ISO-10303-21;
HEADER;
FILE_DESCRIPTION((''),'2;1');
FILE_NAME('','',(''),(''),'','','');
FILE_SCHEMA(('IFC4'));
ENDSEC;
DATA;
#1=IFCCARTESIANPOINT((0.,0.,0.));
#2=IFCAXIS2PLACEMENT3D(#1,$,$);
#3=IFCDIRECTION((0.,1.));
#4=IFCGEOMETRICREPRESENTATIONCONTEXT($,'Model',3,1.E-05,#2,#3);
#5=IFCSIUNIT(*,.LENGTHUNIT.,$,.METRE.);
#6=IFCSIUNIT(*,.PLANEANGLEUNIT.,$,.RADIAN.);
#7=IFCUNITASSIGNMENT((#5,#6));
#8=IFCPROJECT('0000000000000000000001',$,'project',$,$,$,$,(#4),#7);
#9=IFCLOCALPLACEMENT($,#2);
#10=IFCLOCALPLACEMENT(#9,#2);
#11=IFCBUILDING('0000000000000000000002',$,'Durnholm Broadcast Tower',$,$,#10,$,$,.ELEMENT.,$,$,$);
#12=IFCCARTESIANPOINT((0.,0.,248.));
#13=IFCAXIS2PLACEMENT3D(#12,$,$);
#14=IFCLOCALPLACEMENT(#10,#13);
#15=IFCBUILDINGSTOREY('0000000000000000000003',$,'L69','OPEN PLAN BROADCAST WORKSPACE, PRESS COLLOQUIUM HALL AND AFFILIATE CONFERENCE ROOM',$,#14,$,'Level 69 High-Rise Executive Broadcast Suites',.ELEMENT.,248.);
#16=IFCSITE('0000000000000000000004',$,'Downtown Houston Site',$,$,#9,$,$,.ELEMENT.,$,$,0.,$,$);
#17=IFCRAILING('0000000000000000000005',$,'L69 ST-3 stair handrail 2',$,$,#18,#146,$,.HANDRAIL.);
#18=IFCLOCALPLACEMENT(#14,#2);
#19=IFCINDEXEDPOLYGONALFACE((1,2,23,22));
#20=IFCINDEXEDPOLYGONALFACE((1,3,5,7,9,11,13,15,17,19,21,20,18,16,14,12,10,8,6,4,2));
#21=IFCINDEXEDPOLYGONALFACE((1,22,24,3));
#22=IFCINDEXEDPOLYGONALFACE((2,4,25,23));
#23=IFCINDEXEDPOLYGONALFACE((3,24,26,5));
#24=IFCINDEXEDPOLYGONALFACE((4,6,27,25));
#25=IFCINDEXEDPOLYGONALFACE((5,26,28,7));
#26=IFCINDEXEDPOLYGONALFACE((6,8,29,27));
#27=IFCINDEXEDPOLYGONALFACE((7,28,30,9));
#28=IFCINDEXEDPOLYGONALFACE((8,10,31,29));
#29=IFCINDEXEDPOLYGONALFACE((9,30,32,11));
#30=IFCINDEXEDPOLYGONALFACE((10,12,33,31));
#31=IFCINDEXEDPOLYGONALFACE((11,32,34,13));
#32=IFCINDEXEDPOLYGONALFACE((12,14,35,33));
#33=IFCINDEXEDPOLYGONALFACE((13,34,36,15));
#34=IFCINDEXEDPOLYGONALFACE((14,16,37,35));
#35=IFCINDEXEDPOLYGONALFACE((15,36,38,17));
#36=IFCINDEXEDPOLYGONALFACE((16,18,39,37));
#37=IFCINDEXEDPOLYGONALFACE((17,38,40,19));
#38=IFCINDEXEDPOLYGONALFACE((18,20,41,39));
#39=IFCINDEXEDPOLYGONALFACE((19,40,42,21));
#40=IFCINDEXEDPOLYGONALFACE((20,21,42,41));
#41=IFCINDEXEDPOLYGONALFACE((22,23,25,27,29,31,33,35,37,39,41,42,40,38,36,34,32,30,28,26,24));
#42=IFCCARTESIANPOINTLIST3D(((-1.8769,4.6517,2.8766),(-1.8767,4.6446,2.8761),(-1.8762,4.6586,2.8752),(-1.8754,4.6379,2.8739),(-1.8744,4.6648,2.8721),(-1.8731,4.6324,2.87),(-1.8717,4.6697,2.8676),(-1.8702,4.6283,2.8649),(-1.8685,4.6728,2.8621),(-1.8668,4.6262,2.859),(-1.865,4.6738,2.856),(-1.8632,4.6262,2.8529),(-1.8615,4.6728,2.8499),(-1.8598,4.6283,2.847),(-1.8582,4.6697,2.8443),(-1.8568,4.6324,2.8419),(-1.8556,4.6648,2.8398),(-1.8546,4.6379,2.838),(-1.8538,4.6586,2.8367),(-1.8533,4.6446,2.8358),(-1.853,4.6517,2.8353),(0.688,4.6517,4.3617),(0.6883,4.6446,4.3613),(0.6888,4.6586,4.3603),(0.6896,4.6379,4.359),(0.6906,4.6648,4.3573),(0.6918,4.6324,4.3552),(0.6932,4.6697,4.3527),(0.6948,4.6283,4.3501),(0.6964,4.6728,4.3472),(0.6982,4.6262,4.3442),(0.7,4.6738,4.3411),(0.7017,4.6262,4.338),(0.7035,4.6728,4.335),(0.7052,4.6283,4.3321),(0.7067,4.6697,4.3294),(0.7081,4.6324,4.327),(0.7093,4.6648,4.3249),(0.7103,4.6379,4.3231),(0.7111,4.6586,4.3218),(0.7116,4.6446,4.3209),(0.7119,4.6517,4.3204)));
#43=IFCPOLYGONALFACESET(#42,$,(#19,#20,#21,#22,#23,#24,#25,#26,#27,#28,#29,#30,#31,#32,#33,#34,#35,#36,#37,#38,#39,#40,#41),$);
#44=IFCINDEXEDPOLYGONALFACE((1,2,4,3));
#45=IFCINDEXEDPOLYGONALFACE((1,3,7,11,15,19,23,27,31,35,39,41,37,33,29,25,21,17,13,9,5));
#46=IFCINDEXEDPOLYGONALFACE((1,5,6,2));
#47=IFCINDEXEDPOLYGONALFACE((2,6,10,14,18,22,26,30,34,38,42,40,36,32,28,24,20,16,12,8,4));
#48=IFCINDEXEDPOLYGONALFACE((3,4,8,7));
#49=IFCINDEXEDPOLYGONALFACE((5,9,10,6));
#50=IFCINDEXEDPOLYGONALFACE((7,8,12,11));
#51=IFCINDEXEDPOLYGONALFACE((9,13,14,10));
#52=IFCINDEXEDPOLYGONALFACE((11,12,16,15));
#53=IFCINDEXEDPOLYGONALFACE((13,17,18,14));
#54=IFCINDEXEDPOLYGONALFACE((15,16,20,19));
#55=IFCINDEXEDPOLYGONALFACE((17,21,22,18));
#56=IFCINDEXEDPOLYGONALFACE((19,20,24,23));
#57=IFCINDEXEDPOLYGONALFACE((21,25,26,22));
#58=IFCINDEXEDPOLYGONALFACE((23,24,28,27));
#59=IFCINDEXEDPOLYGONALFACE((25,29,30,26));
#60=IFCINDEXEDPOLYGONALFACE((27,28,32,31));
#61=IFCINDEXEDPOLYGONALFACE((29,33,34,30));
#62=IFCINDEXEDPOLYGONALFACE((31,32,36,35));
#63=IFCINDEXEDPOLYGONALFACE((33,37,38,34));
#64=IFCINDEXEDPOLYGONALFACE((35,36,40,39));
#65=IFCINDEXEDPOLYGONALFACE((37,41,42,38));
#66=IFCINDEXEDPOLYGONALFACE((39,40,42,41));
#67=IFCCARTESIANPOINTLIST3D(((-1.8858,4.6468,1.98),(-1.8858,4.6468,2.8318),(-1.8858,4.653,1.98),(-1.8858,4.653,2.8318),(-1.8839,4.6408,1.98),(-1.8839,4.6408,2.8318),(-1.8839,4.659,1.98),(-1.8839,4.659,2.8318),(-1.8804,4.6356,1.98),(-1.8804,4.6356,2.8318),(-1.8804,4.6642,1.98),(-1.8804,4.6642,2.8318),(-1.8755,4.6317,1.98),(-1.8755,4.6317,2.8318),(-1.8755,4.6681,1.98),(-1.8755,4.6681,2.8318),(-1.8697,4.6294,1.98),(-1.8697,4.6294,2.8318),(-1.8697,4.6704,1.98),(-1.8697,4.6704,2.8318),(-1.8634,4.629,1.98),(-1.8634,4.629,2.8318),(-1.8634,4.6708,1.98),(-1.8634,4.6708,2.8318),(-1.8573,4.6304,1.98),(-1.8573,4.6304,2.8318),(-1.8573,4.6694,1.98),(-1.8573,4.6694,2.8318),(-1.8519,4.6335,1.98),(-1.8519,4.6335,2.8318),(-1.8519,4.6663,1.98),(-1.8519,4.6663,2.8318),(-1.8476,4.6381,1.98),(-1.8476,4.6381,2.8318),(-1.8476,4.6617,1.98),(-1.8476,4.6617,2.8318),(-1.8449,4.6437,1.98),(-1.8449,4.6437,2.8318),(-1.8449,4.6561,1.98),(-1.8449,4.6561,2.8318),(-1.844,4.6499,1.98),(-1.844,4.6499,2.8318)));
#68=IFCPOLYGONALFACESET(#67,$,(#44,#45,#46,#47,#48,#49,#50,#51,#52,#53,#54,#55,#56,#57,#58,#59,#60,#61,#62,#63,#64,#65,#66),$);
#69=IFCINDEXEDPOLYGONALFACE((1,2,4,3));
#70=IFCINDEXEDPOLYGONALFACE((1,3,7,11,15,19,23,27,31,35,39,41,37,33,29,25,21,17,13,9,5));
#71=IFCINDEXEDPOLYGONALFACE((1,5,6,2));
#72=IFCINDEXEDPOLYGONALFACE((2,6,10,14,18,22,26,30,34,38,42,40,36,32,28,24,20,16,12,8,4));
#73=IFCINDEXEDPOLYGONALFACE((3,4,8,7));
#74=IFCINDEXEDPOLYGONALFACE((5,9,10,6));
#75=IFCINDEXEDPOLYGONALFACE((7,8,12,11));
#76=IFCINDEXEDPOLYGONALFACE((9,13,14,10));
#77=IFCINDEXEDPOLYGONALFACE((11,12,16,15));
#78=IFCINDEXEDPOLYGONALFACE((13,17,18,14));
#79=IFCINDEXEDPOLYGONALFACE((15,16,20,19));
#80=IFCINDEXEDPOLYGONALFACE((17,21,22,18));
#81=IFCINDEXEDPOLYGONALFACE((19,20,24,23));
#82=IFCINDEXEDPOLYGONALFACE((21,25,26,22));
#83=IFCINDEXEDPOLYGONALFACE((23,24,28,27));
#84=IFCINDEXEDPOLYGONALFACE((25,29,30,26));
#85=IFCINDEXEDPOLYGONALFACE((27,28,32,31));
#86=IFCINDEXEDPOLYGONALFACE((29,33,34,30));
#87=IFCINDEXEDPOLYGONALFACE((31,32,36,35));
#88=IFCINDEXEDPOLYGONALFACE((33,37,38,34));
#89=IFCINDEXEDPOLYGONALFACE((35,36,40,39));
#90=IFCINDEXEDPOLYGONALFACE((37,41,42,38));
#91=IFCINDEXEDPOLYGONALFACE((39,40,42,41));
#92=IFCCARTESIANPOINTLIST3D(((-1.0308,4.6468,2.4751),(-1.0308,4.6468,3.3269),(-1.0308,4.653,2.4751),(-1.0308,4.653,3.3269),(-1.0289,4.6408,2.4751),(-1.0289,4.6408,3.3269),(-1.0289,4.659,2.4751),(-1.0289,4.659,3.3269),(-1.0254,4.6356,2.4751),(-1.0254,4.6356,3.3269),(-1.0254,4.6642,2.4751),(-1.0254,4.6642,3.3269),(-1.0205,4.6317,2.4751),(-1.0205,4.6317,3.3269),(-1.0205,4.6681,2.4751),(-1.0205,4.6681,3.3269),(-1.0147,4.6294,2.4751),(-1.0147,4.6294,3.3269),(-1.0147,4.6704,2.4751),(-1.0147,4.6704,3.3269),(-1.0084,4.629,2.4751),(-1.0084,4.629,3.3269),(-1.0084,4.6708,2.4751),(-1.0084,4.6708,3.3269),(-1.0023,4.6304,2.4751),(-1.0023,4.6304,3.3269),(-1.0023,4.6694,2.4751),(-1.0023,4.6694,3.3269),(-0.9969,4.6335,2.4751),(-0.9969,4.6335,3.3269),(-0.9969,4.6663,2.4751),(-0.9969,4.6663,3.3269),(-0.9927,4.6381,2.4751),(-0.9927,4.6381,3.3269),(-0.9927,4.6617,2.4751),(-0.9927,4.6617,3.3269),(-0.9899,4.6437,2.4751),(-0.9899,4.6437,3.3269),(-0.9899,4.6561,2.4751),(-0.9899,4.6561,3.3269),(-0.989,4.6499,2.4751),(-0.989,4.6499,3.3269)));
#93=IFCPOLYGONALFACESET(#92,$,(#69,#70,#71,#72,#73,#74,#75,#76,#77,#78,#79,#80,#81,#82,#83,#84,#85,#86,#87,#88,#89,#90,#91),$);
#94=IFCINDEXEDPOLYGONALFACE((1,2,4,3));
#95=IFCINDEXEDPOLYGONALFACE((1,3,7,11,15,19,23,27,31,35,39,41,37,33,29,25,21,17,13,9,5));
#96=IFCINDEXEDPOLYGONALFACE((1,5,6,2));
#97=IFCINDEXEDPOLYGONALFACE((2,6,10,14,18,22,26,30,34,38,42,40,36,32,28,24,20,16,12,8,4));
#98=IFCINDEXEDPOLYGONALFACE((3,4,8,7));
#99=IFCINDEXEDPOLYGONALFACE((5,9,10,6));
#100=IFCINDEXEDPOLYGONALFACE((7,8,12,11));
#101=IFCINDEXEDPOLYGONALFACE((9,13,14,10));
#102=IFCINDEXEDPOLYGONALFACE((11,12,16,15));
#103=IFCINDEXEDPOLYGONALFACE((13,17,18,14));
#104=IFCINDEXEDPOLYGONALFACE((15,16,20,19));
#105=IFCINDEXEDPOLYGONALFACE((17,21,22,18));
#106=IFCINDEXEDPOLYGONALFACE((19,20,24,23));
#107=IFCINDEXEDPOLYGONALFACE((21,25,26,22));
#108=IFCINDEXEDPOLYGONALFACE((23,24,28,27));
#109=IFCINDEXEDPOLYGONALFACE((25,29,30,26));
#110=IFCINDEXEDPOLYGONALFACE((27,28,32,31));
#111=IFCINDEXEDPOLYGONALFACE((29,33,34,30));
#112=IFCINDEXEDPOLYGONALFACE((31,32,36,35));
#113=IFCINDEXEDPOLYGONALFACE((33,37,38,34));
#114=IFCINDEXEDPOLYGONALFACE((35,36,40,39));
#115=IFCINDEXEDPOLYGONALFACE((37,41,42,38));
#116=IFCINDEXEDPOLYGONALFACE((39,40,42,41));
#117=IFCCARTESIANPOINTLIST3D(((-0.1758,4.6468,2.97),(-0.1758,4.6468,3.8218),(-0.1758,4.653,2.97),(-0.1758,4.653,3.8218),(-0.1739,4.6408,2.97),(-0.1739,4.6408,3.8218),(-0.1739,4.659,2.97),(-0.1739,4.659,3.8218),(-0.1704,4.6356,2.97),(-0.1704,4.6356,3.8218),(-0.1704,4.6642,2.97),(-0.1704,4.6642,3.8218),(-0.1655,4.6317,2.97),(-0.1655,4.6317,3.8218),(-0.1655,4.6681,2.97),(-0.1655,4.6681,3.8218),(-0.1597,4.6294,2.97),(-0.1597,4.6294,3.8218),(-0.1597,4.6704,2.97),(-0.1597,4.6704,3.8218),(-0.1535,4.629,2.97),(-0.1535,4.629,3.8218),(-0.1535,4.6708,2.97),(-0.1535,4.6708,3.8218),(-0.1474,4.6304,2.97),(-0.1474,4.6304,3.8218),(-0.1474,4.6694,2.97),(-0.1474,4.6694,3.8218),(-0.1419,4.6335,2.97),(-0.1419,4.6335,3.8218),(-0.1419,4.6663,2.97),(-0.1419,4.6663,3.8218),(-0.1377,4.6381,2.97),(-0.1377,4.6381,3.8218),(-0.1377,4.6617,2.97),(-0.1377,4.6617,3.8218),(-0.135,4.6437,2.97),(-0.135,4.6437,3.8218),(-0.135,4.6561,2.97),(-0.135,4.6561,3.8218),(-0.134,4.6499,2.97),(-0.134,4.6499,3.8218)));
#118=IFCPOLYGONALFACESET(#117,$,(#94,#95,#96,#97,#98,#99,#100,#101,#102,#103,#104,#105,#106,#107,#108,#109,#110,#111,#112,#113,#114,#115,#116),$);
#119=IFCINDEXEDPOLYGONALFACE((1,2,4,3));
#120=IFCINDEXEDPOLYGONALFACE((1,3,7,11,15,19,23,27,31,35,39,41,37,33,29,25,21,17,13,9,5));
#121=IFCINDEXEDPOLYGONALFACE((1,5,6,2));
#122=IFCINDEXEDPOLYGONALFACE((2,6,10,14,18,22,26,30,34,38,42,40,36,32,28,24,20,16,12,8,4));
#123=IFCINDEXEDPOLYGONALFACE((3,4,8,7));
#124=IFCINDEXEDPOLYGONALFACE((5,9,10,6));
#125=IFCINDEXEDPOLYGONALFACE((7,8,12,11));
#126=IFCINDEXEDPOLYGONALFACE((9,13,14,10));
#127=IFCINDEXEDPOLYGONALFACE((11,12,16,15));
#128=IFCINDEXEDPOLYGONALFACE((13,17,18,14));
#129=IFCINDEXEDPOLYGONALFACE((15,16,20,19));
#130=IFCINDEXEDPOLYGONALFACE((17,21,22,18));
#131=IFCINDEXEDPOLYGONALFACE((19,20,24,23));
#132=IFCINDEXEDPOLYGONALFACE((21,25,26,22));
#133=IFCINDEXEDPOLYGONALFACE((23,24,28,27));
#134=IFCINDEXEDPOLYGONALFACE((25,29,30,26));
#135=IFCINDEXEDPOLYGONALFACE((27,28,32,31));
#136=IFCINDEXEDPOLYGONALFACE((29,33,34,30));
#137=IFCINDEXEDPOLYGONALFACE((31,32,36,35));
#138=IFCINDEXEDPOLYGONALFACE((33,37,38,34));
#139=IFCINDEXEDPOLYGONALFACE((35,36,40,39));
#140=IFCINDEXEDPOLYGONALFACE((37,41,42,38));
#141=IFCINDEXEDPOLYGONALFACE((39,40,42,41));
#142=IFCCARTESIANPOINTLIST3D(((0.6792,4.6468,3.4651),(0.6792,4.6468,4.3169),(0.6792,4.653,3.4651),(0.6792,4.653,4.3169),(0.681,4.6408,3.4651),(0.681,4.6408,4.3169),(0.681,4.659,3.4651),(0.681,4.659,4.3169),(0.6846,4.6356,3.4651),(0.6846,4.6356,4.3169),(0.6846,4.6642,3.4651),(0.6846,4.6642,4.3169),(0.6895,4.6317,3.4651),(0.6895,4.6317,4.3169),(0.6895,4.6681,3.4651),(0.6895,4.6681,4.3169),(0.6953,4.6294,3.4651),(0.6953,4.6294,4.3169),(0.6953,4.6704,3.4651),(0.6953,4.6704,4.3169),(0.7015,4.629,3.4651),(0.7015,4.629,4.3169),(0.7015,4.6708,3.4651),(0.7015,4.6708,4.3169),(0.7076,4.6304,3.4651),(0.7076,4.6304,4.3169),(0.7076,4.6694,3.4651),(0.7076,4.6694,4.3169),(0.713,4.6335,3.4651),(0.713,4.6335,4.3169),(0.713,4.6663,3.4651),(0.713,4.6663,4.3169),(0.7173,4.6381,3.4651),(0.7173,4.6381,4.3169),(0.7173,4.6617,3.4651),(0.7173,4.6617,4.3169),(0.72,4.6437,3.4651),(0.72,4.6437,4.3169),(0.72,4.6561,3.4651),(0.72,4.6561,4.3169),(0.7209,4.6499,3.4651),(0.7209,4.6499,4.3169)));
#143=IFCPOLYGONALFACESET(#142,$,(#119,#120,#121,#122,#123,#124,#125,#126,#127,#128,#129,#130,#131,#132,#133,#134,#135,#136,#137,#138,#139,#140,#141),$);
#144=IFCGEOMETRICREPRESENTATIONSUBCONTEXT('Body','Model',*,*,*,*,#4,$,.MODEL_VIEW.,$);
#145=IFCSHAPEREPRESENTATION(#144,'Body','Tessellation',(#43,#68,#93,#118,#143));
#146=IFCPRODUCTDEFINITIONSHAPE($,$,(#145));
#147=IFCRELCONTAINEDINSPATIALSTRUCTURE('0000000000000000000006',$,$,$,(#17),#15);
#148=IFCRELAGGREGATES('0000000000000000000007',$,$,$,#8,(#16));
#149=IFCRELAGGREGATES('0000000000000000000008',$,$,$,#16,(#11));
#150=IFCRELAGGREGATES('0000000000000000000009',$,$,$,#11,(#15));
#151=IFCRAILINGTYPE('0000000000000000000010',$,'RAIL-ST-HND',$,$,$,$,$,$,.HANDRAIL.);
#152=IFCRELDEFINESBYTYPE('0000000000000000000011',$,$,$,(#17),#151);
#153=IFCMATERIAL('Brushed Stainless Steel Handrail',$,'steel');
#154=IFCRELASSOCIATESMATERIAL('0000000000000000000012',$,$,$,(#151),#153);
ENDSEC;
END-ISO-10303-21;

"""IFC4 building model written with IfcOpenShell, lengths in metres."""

from ifc_helpers import new_model, si_unit, direction, frame, origin, origin_2d, place, context, subcontext, project, spatial, circle, extrude, material, type_object, element, save


model = new_model("IFC4")

# Units and contexts
model_context = context("Model", 3, precision=1e-05, world=origin(), true_north=direction((0.0, 1.0)))
body_context = subcontext(model_context, "Body", "Model", "MODEL_VIEW")
ifc_project = project(units=[si_unit("LENGTHUNIT", "METRE"), si_unit("PLANEANGLEUNIT", "RADIAN")], contexts=[model_context])

# Site, building, storey
site_placement = place(None, origin())
site = spatial("IfcSite", under=ifc_project, at=site_placement, Name="Downtown Houston Site", CompositionType="ELEMENT", RefElevation=0.0)
building_placement = place(site_placement, origin())
building = spatial("IfcBuilding", under=site, at=building_placement, Name="Durnholm Broadcast Tower", CompositionType="ELEMENT")
storey_placement = place(building_placement, frame((0.0, 0.0, 248.0)))
storey = spatial("IfcBuildingStorey", under=building, at=storey_placement, Name="L69", Description="OPEN PLAN BROADCAST WORKSPACE, PRESS COLLOQUIUM HALL AND AFFILIATE CONFERENCE ROOM", LongName="Level 69 High-Rise Executive Broadcast Suites", CompositionType="ELEMENT", Elevation=248.0)

# Railing
ifc_material_1 = material(Name="Brushed Stainless Steel Handrail", Category="steel")
railing_type_1 = type_object("IfcRailingType", Name="RAIL-ST-HND", PredefinedType="HANDRAIL", material=ifc_material_1)
railing_1_placement = place(storey_placement, frame((-1.865, 4.6499, 1.98)))
element("IfcRailing", 1, at=railing_1_placement, inside=storey, type_object=railing_type_1, Name="L69 ST-3 stair handrail 2", PredefinedType="HANDRAIL", context=body_context, shape_type="SweptSolid", body=[
    extrude(circle(Radius=0.0239, at=origin_2d()), frame((0.0, 0.0, 0.876), z_axis=(0.865406, 0.0, 0.501072), x_axis=(0.0, 1.0, 0.0)), (0.0, 0.0, 1.0), 2.9639),
    extrude(circle(Radius=0.021, at=origin_2d()), origin(), (0.0, 0.0, 1.0), 0.8518),
    extrude(circle(Radius=0.021, at=origin_2d()), frame((0.855, 0.0, 0.4951)), (0.0, 0.0, 1.0), 0.8518),
    extrude(circle(Radius=0.021, at=origin_2d()), frame((1.71, 0.0, 0.99)), (0.0, 0.0, 1.0), 0.8518),
    extrude(circle(Radius=0.021, at=origin_2d()), frame((2.5649, 0.0, 1.4851)), (0.0, 0.0, 1.0), 0.8518),
])

save(model, "model.ifc")
